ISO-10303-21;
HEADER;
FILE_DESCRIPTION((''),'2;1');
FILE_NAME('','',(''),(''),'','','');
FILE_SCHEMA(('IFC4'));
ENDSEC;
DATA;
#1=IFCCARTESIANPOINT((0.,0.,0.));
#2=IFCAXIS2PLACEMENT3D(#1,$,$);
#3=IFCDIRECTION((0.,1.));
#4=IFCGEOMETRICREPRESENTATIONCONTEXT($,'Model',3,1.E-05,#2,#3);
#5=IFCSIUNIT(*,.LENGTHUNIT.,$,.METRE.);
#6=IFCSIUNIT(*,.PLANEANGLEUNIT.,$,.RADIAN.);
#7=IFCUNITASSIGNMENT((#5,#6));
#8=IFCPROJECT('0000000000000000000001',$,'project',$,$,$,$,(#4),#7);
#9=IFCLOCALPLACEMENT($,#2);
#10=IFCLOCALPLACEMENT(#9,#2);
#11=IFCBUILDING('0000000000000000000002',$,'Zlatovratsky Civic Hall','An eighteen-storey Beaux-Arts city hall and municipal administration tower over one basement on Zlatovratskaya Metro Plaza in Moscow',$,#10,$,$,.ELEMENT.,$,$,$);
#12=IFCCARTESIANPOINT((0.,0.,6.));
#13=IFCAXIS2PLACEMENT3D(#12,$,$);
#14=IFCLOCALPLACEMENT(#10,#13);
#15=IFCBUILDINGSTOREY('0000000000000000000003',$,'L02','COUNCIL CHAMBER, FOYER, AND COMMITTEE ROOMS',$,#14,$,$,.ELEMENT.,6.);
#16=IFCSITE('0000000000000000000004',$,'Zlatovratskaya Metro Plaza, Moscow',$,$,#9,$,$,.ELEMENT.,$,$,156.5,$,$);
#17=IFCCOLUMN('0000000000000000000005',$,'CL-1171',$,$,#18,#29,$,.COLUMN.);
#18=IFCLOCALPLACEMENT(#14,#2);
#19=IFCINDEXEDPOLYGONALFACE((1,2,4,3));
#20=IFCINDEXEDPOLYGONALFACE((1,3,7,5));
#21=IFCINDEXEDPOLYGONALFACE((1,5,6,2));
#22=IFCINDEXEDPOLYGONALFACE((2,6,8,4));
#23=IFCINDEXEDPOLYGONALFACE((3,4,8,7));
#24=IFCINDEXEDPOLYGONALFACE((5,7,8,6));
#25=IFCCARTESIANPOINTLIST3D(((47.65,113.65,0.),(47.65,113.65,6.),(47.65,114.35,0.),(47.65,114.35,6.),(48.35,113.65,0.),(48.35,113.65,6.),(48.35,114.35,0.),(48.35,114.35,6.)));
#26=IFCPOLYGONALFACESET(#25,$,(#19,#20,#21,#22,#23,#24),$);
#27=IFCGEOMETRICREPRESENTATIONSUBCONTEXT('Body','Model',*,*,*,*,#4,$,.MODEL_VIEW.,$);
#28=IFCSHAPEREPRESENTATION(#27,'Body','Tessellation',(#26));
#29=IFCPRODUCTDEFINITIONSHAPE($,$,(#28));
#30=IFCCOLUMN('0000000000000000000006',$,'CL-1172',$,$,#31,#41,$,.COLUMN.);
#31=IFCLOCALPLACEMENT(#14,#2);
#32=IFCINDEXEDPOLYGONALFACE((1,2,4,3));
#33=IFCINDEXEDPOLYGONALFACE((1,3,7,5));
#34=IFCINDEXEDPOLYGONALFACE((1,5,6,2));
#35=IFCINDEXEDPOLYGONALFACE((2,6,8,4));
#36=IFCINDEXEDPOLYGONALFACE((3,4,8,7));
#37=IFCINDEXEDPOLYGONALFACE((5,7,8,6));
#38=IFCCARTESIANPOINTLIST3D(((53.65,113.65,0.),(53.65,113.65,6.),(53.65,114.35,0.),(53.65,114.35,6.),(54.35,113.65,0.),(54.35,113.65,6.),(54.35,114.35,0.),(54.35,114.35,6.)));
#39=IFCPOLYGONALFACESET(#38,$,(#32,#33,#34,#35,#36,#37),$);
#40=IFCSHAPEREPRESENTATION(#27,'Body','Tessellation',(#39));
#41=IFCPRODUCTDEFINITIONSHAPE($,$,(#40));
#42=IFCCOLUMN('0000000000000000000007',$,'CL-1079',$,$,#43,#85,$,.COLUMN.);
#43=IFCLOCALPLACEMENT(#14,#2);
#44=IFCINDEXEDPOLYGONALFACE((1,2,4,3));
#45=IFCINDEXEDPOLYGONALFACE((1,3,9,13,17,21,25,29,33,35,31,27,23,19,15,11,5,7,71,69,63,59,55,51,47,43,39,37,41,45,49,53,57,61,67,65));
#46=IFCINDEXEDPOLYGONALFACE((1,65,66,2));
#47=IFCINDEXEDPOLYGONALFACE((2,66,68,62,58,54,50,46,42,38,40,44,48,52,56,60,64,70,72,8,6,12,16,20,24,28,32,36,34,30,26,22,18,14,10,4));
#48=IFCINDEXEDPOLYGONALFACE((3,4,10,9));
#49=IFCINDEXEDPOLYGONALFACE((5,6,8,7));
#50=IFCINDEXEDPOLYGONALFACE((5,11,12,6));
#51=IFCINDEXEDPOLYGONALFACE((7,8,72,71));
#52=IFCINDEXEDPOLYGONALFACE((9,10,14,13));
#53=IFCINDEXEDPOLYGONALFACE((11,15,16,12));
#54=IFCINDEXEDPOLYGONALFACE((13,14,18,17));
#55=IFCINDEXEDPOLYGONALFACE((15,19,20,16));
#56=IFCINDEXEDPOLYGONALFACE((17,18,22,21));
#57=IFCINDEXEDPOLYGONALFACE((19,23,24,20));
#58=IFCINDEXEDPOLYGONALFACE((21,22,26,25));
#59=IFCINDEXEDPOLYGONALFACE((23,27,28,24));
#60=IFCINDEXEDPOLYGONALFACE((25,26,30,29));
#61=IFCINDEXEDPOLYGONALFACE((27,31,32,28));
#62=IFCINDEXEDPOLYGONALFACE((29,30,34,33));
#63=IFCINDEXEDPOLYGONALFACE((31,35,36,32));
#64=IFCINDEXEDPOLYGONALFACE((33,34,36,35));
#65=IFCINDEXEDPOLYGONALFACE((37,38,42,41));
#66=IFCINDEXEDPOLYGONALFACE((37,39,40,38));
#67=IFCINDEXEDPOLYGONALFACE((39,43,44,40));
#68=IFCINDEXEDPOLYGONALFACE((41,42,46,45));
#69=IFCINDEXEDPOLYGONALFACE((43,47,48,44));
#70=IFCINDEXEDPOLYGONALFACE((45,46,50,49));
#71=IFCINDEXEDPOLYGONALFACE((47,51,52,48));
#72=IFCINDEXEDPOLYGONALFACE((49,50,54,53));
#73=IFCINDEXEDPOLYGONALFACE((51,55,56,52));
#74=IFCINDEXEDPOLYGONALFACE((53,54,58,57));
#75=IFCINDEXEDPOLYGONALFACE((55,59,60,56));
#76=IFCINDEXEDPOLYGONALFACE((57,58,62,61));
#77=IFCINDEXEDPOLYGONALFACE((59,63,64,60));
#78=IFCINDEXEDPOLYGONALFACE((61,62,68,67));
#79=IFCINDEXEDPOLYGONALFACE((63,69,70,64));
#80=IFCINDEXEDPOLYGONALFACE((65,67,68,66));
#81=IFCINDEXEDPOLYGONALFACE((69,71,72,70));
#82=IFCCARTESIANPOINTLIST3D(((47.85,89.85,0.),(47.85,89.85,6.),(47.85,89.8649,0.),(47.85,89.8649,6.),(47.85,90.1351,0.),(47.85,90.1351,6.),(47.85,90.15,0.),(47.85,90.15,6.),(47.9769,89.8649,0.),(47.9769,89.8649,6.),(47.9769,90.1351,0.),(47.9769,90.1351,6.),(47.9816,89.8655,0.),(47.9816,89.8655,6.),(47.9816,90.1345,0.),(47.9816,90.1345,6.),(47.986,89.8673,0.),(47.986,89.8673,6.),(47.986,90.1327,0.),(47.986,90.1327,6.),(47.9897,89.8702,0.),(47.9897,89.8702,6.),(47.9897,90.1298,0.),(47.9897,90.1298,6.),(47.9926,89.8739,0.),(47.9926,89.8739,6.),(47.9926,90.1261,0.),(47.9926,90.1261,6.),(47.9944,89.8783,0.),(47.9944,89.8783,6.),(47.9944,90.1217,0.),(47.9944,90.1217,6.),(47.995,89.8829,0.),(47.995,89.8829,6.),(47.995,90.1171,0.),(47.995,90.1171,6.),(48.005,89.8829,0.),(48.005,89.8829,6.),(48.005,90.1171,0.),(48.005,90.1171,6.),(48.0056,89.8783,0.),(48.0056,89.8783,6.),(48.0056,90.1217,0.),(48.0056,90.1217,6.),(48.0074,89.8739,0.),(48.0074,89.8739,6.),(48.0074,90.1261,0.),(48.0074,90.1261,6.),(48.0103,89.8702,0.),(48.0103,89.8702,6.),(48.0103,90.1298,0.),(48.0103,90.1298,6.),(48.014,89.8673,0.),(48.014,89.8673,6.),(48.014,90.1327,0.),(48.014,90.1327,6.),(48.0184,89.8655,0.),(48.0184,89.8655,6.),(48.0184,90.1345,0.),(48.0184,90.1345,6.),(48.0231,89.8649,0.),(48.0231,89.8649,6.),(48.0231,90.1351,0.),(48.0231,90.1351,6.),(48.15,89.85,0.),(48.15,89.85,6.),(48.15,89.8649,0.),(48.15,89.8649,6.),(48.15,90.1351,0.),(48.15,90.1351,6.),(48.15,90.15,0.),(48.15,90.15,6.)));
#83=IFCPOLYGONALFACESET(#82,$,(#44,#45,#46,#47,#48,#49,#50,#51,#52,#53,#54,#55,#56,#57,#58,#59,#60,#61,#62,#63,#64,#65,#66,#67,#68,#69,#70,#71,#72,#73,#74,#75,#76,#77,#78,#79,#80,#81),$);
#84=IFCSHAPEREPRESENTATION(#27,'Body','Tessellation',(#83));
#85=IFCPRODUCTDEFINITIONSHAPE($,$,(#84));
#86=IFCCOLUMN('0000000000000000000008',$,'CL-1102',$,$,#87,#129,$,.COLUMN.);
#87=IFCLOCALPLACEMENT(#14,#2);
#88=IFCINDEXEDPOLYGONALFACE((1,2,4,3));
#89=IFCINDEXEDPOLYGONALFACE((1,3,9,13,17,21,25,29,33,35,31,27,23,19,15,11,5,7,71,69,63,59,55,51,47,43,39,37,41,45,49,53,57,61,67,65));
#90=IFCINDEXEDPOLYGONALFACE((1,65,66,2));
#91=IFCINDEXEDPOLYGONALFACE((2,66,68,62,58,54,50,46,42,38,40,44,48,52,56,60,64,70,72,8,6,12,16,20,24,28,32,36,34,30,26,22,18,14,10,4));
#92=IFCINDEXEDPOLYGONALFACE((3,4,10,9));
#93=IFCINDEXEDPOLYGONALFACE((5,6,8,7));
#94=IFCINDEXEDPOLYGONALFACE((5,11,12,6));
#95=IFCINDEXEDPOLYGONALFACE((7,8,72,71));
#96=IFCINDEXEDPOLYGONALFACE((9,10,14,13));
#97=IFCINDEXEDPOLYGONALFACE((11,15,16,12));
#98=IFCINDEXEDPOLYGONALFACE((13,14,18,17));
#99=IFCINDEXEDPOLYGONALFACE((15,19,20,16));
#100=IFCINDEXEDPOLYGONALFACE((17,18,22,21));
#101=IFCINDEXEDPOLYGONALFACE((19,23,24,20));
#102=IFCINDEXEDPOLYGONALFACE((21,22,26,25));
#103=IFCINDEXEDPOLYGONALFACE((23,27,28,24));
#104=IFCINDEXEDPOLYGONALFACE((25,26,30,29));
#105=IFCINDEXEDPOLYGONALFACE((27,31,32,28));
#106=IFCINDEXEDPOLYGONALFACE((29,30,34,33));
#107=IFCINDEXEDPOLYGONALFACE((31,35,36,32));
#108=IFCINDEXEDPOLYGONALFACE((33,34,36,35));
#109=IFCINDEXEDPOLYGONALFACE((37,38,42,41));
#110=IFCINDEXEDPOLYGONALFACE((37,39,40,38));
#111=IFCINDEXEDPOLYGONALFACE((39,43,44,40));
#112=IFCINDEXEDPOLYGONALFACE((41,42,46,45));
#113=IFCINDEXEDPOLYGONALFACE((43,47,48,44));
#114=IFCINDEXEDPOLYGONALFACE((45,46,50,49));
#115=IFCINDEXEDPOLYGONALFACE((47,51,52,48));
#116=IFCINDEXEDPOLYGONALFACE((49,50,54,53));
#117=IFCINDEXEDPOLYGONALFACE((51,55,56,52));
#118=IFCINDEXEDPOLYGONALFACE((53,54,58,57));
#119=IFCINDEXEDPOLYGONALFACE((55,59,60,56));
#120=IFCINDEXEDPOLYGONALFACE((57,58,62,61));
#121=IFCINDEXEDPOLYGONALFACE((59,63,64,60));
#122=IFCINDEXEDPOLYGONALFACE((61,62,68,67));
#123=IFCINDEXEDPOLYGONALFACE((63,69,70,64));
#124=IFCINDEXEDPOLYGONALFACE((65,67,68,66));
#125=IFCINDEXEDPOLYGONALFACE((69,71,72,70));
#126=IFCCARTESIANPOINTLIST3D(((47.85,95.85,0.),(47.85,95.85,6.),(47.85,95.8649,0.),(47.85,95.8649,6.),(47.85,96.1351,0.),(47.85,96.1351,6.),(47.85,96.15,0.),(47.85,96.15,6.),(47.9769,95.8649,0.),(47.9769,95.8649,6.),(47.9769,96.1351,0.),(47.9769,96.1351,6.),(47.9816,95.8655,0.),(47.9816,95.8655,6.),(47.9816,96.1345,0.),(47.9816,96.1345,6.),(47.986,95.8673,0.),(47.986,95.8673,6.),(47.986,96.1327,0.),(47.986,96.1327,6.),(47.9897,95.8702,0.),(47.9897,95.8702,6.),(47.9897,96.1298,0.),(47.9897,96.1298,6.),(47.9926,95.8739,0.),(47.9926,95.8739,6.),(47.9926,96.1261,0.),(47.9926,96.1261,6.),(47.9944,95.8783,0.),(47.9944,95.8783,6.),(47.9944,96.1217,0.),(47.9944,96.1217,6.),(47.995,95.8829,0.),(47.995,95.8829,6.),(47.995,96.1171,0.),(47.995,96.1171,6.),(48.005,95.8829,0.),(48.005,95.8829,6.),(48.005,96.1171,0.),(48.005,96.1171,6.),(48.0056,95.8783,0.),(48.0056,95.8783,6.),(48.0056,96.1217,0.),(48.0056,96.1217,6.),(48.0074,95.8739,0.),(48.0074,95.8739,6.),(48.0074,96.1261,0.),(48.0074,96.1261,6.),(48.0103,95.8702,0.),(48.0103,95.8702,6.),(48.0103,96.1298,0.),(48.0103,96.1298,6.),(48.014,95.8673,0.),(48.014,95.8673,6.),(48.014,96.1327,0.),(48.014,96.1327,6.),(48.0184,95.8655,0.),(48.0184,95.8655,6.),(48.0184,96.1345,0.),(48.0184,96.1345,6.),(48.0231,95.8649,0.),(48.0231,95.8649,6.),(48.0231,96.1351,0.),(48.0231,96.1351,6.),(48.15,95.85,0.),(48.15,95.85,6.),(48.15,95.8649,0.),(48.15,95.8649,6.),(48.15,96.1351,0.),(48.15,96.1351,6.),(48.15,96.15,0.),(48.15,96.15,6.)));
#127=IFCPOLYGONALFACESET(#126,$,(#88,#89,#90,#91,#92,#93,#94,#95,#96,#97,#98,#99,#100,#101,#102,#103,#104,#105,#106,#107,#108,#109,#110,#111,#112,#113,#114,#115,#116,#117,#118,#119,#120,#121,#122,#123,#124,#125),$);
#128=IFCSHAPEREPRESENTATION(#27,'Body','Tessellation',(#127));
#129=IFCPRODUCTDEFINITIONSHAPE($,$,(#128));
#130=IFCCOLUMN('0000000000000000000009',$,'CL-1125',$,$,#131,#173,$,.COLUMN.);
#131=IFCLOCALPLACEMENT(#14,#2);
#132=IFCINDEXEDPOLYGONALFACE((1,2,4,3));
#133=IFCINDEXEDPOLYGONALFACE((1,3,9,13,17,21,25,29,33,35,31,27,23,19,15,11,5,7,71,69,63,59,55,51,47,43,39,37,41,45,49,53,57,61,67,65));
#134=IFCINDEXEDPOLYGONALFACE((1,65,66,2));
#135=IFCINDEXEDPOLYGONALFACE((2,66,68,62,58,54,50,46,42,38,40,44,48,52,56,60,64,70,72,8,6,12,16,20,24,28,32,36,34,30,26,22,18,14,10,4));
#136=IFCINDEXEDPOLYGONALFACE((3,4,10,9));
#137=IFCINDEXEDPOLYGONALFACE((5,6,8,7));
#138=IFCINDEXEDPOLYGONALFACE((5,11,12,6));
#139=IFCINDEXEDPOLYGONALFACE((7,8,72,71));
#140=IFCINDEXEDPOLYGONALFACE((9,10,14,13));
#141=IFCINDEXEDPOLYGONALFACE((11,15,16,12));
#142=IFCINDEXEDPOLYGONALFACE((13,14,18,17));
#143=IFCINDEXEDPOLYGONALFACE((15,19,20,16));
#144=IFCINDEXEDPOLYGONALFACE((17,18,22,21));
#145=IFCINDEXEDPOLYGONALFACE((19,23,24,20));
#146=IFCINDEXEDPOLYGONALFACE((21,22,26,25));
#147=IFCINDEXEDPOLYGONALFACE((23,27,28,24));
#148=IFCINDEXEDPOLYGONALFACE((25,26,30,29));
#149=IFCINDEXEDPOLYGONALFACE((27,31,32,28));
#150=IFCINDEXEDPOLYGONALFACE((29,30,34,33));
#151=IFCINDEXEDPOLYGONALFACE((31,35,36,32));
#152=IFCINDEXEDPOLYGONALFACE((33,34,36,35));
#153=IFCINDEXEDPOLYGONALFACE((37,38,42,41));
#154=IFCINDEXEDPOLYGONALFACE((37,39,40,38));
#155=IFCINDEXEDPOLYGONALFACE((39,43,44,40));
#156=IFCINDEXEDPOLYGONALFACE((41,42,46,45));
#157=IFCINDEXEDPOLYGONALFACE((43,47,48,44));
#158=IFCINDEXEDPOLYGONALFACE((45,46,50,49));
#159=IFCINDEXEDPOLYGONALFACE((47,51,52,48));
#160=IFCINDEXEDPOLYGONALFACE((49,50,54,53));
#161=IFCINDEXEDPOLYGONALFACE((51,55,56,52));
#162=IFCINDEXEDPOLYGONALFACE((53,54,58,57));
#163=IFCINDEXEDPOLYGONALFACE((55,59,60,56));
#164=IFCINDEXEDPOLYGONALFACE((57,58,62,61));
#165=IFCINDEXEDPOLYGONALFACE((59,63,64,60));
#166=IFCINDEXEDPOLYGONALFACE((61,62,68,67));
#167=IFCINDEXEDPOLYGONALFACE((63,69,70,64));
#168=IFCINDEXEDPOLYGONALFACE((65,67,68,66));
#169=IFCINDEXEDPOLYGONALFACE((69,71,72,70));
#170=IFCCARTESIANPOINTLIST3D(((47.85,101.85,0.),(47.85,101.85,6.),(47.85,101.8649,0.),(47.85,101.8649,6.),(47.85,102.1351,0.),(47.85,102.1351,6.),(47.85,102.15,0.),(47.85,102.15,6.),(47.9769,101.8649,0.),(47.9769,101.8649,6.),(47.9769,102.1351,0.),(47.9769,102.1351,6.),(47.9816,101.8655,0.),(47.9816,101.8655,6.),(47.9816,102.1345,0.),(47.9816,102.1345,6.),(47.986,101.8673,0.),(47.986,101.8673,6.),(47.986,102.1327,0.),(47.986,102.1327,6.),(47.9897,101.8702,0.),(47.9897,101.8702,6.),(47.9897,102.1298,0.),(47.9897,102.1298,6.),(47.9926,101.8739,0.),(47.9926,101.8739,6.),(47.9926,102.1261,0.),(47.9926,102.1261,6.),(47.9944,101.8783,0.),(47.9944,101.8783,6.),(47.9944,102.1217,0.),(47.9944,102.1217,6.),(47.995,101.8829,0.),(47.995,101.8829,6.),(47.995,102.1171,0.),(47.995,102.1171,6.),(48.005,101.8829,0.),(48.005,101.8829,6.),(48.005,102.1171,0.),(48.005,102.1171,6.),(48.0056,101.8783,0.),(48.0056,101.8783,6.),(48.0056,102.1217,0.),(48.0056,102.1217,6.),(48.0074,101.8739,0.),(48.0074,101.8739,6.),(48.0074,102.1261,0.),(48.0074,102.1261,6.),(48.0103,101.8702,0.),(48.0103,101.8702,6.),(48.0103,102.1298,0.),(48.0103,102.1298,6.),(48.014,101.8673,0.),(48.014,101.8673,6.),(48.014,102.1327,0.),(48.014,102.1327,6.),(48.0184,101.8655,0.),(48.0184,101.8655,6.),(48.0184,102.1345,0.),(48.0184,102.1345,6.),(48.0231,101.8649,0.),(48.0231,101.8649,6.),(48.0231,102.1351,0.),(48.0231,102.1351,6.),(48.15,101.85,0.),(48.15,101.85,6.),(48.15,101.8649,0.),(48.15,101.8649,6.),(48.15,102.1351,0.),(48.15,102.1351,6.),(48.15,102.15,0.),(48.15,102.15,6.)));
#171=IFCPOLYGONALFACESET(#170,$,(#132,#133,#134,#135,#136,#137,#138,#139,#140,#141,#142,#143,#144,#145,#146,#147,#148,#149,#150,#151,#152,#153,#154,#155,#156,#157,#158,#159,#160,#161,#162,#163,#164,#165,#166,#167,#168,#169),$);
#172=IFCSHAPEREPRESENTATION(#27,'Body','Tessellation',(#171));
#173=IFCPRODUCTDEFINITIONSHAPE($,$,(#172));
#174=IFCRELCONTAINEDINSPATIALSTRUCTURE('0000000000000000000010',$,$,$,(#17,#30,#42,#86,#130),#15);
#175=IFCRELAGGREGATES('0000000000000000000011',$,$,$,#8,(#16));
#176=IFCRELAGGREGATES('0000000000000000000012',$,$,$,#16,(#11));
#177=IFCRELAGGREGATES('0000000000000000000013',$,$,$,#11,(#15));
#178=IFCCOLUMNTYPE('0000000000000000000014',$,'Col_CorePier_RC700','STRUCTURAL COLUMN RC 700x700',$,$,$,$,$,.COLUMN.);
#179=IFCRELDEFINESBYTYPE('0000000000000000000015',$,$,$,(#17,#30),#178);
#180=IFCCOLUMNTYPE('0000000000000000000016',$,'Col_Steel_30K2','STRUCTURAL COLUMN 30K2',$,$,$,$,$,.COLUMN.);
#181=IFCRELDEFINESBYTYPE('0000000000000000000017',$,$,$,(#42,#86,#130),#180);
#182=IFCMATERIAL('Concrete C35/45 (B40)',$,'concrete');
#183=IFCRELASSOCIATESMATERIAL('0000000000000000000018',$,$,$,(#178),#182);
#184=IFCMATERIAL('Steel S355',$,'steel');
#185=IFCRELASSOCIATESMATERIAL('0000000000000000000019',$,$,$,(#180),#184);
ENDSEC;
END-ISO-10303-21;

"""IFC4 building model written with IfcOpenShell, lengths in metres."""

from ifc_helpers import new_model, si_unit, direction, frame, origin, origin_2d, place, context, subcontext, project, spatial, rectangle, i_section, extrude, material, material_profile, profile_set, type_object, element, save


model = new_model("IFC4")

# Units and contexts
model_context = context("Model", 3, precision=1e-05, world=origin(), true_north=direction((0.0, 1.0)))
body_context = subcontext(model_context, "Body", "Model", "MODEL_VIEW")
ifc_project = project(units=[si_unit("LENGTHUNIT", "METRE"), si_unit("PLANEANGLEUNIT", "RADIAN")], contexts=[model_context])

# Site, building, storey
site_placement = place(None, origin())
site = spatial("IfcSite", under=ifc_project, at=site_placement, Name="Zlatovratskaya Metro Plaza, Moscow", CompositionType="ELEMENT", RefElevation=156.5)
building_placement = place(site_placement, origin())
building = spatial("IfcBuilding", under=site, at=building_placement, Name="Zlatovratsky Civic Hall", Description="An eighteen-storey Beaux-Arts city hall and municipal administration tower over one basement on Zlatovratskaya Metro Plaza in Moscow", CompositionType="ELEMENT")
storey_placement = place(building_placement, frame((0.0, 0.0, 6.0)))
storey = spatial("IfcBuildingStorey", under=building, at=storey_placement, Name="L02", Description="COUNCIL CHAMBER, FOYER, AND COMMITTEE ROOMS", CompositionType="ELEMENT", Elevation=6.0)

# Columns
ifc_material_1 = material(Name="Concrete C35/45 (B40)", Category="concrete")
ifc_material_profile_1 = material_profile(ifc_material_1, rectangle(XDim=0.7, YDim=0.7, at=origin_2d()), Name="RC 700x700")
ifc_profile_set_1 = profile_set([ifc_material_profile_1], Name="Concrete C35/45 (B40)")
column_type_1 = type_object("IfcColumnType", Name="Col_CorePier_RC700", Description="STRUCTURAL COLUMN RC 700x700", PredefinedType="COLUMN", material=ifc_profile_set_1)
for number, where, z_axis, x_axis, name in (
    (1, (48.0, 114.0, 0.0), (0.0, 0.0, 1.0), (1.0, 0.0, 0.0), "CL-1171"),
    (2, (54.0, 114.0, 0.0), (0.0, 0.0, 1.0), (1.0, 0.0, 0.0), "CL-1172"),
):
    element("IfcColumn", number, at=place(storey_placement, frame(where, z_axis=z_axis, x_axis=x_axis)), inside=storey, type_object=column_type_1, Name=name, PredefinedType="COLUMN", context=body_context, shape_type="SweptSolid", body=[
        extrude(rectangle(XDim=0.7, YDim=0.7, at=origin_2d()), origin(), (0.0, 0.0, 1.0), 6.0),
    ])
ifc_material_2 = material(Name="Steel S355", Category="steel")
ifc_material_profile_2 = material_profile(ifc_material_2, i_section(OverallWidth=0.3, OverallDepth=0.3, WebThickness=0.01, FlangeThickness=0.0149, FilletRadius=0.0181, at=origin_2d()), Name="30K2")
ifc_profile_set_2 = profile_set([ifc_material_profile_2], Name="Steel S355")
column_type_2 = type_object("IfcColumnType", Name="Col_Steel_30K2", Description="STRUCTURAL COLUMN 30K2", PredefinedType="COLUMN", material=ifc_profile_set_2)
for number, where, z_axis, x_axis, name in (
    (3, (48.0, 90.0, 0.0), (0.0, 0.0, 1.0), (1.0, 0.0, 0.0), "CL-1079"),
    (4, (48.0, 96.0, 0.0), (0.0, 0.0, 1.0), (1.0, 0.0, 0.0), "CL-1102"),
    (5, (48.0, 102.0, 0.0), (0.0, 0.0, 1.0), (1.0, 0.0, 0.0), "CL-1125"),
):
    element("IfcColumn", number, at=place(storey_placement, frame(where, z_axis=z_axis, x_axis=x_axis)), inside=storey, type_object=column_type_2, Name=name, PredefinedType="COLUMN", context=body_context, shape_type="SweptSolid", body=[
        extrude(i_section(OverallWidth=0.3, OverallDepth=0.3, WebThickness=0.01, FlangeThickness=0.0149, FilletRadius=0.0181, at=origin_2d()), origin(), (0.0, 0.0, 1.0), 6.0),
    ])

save(model, "model.ifc")
